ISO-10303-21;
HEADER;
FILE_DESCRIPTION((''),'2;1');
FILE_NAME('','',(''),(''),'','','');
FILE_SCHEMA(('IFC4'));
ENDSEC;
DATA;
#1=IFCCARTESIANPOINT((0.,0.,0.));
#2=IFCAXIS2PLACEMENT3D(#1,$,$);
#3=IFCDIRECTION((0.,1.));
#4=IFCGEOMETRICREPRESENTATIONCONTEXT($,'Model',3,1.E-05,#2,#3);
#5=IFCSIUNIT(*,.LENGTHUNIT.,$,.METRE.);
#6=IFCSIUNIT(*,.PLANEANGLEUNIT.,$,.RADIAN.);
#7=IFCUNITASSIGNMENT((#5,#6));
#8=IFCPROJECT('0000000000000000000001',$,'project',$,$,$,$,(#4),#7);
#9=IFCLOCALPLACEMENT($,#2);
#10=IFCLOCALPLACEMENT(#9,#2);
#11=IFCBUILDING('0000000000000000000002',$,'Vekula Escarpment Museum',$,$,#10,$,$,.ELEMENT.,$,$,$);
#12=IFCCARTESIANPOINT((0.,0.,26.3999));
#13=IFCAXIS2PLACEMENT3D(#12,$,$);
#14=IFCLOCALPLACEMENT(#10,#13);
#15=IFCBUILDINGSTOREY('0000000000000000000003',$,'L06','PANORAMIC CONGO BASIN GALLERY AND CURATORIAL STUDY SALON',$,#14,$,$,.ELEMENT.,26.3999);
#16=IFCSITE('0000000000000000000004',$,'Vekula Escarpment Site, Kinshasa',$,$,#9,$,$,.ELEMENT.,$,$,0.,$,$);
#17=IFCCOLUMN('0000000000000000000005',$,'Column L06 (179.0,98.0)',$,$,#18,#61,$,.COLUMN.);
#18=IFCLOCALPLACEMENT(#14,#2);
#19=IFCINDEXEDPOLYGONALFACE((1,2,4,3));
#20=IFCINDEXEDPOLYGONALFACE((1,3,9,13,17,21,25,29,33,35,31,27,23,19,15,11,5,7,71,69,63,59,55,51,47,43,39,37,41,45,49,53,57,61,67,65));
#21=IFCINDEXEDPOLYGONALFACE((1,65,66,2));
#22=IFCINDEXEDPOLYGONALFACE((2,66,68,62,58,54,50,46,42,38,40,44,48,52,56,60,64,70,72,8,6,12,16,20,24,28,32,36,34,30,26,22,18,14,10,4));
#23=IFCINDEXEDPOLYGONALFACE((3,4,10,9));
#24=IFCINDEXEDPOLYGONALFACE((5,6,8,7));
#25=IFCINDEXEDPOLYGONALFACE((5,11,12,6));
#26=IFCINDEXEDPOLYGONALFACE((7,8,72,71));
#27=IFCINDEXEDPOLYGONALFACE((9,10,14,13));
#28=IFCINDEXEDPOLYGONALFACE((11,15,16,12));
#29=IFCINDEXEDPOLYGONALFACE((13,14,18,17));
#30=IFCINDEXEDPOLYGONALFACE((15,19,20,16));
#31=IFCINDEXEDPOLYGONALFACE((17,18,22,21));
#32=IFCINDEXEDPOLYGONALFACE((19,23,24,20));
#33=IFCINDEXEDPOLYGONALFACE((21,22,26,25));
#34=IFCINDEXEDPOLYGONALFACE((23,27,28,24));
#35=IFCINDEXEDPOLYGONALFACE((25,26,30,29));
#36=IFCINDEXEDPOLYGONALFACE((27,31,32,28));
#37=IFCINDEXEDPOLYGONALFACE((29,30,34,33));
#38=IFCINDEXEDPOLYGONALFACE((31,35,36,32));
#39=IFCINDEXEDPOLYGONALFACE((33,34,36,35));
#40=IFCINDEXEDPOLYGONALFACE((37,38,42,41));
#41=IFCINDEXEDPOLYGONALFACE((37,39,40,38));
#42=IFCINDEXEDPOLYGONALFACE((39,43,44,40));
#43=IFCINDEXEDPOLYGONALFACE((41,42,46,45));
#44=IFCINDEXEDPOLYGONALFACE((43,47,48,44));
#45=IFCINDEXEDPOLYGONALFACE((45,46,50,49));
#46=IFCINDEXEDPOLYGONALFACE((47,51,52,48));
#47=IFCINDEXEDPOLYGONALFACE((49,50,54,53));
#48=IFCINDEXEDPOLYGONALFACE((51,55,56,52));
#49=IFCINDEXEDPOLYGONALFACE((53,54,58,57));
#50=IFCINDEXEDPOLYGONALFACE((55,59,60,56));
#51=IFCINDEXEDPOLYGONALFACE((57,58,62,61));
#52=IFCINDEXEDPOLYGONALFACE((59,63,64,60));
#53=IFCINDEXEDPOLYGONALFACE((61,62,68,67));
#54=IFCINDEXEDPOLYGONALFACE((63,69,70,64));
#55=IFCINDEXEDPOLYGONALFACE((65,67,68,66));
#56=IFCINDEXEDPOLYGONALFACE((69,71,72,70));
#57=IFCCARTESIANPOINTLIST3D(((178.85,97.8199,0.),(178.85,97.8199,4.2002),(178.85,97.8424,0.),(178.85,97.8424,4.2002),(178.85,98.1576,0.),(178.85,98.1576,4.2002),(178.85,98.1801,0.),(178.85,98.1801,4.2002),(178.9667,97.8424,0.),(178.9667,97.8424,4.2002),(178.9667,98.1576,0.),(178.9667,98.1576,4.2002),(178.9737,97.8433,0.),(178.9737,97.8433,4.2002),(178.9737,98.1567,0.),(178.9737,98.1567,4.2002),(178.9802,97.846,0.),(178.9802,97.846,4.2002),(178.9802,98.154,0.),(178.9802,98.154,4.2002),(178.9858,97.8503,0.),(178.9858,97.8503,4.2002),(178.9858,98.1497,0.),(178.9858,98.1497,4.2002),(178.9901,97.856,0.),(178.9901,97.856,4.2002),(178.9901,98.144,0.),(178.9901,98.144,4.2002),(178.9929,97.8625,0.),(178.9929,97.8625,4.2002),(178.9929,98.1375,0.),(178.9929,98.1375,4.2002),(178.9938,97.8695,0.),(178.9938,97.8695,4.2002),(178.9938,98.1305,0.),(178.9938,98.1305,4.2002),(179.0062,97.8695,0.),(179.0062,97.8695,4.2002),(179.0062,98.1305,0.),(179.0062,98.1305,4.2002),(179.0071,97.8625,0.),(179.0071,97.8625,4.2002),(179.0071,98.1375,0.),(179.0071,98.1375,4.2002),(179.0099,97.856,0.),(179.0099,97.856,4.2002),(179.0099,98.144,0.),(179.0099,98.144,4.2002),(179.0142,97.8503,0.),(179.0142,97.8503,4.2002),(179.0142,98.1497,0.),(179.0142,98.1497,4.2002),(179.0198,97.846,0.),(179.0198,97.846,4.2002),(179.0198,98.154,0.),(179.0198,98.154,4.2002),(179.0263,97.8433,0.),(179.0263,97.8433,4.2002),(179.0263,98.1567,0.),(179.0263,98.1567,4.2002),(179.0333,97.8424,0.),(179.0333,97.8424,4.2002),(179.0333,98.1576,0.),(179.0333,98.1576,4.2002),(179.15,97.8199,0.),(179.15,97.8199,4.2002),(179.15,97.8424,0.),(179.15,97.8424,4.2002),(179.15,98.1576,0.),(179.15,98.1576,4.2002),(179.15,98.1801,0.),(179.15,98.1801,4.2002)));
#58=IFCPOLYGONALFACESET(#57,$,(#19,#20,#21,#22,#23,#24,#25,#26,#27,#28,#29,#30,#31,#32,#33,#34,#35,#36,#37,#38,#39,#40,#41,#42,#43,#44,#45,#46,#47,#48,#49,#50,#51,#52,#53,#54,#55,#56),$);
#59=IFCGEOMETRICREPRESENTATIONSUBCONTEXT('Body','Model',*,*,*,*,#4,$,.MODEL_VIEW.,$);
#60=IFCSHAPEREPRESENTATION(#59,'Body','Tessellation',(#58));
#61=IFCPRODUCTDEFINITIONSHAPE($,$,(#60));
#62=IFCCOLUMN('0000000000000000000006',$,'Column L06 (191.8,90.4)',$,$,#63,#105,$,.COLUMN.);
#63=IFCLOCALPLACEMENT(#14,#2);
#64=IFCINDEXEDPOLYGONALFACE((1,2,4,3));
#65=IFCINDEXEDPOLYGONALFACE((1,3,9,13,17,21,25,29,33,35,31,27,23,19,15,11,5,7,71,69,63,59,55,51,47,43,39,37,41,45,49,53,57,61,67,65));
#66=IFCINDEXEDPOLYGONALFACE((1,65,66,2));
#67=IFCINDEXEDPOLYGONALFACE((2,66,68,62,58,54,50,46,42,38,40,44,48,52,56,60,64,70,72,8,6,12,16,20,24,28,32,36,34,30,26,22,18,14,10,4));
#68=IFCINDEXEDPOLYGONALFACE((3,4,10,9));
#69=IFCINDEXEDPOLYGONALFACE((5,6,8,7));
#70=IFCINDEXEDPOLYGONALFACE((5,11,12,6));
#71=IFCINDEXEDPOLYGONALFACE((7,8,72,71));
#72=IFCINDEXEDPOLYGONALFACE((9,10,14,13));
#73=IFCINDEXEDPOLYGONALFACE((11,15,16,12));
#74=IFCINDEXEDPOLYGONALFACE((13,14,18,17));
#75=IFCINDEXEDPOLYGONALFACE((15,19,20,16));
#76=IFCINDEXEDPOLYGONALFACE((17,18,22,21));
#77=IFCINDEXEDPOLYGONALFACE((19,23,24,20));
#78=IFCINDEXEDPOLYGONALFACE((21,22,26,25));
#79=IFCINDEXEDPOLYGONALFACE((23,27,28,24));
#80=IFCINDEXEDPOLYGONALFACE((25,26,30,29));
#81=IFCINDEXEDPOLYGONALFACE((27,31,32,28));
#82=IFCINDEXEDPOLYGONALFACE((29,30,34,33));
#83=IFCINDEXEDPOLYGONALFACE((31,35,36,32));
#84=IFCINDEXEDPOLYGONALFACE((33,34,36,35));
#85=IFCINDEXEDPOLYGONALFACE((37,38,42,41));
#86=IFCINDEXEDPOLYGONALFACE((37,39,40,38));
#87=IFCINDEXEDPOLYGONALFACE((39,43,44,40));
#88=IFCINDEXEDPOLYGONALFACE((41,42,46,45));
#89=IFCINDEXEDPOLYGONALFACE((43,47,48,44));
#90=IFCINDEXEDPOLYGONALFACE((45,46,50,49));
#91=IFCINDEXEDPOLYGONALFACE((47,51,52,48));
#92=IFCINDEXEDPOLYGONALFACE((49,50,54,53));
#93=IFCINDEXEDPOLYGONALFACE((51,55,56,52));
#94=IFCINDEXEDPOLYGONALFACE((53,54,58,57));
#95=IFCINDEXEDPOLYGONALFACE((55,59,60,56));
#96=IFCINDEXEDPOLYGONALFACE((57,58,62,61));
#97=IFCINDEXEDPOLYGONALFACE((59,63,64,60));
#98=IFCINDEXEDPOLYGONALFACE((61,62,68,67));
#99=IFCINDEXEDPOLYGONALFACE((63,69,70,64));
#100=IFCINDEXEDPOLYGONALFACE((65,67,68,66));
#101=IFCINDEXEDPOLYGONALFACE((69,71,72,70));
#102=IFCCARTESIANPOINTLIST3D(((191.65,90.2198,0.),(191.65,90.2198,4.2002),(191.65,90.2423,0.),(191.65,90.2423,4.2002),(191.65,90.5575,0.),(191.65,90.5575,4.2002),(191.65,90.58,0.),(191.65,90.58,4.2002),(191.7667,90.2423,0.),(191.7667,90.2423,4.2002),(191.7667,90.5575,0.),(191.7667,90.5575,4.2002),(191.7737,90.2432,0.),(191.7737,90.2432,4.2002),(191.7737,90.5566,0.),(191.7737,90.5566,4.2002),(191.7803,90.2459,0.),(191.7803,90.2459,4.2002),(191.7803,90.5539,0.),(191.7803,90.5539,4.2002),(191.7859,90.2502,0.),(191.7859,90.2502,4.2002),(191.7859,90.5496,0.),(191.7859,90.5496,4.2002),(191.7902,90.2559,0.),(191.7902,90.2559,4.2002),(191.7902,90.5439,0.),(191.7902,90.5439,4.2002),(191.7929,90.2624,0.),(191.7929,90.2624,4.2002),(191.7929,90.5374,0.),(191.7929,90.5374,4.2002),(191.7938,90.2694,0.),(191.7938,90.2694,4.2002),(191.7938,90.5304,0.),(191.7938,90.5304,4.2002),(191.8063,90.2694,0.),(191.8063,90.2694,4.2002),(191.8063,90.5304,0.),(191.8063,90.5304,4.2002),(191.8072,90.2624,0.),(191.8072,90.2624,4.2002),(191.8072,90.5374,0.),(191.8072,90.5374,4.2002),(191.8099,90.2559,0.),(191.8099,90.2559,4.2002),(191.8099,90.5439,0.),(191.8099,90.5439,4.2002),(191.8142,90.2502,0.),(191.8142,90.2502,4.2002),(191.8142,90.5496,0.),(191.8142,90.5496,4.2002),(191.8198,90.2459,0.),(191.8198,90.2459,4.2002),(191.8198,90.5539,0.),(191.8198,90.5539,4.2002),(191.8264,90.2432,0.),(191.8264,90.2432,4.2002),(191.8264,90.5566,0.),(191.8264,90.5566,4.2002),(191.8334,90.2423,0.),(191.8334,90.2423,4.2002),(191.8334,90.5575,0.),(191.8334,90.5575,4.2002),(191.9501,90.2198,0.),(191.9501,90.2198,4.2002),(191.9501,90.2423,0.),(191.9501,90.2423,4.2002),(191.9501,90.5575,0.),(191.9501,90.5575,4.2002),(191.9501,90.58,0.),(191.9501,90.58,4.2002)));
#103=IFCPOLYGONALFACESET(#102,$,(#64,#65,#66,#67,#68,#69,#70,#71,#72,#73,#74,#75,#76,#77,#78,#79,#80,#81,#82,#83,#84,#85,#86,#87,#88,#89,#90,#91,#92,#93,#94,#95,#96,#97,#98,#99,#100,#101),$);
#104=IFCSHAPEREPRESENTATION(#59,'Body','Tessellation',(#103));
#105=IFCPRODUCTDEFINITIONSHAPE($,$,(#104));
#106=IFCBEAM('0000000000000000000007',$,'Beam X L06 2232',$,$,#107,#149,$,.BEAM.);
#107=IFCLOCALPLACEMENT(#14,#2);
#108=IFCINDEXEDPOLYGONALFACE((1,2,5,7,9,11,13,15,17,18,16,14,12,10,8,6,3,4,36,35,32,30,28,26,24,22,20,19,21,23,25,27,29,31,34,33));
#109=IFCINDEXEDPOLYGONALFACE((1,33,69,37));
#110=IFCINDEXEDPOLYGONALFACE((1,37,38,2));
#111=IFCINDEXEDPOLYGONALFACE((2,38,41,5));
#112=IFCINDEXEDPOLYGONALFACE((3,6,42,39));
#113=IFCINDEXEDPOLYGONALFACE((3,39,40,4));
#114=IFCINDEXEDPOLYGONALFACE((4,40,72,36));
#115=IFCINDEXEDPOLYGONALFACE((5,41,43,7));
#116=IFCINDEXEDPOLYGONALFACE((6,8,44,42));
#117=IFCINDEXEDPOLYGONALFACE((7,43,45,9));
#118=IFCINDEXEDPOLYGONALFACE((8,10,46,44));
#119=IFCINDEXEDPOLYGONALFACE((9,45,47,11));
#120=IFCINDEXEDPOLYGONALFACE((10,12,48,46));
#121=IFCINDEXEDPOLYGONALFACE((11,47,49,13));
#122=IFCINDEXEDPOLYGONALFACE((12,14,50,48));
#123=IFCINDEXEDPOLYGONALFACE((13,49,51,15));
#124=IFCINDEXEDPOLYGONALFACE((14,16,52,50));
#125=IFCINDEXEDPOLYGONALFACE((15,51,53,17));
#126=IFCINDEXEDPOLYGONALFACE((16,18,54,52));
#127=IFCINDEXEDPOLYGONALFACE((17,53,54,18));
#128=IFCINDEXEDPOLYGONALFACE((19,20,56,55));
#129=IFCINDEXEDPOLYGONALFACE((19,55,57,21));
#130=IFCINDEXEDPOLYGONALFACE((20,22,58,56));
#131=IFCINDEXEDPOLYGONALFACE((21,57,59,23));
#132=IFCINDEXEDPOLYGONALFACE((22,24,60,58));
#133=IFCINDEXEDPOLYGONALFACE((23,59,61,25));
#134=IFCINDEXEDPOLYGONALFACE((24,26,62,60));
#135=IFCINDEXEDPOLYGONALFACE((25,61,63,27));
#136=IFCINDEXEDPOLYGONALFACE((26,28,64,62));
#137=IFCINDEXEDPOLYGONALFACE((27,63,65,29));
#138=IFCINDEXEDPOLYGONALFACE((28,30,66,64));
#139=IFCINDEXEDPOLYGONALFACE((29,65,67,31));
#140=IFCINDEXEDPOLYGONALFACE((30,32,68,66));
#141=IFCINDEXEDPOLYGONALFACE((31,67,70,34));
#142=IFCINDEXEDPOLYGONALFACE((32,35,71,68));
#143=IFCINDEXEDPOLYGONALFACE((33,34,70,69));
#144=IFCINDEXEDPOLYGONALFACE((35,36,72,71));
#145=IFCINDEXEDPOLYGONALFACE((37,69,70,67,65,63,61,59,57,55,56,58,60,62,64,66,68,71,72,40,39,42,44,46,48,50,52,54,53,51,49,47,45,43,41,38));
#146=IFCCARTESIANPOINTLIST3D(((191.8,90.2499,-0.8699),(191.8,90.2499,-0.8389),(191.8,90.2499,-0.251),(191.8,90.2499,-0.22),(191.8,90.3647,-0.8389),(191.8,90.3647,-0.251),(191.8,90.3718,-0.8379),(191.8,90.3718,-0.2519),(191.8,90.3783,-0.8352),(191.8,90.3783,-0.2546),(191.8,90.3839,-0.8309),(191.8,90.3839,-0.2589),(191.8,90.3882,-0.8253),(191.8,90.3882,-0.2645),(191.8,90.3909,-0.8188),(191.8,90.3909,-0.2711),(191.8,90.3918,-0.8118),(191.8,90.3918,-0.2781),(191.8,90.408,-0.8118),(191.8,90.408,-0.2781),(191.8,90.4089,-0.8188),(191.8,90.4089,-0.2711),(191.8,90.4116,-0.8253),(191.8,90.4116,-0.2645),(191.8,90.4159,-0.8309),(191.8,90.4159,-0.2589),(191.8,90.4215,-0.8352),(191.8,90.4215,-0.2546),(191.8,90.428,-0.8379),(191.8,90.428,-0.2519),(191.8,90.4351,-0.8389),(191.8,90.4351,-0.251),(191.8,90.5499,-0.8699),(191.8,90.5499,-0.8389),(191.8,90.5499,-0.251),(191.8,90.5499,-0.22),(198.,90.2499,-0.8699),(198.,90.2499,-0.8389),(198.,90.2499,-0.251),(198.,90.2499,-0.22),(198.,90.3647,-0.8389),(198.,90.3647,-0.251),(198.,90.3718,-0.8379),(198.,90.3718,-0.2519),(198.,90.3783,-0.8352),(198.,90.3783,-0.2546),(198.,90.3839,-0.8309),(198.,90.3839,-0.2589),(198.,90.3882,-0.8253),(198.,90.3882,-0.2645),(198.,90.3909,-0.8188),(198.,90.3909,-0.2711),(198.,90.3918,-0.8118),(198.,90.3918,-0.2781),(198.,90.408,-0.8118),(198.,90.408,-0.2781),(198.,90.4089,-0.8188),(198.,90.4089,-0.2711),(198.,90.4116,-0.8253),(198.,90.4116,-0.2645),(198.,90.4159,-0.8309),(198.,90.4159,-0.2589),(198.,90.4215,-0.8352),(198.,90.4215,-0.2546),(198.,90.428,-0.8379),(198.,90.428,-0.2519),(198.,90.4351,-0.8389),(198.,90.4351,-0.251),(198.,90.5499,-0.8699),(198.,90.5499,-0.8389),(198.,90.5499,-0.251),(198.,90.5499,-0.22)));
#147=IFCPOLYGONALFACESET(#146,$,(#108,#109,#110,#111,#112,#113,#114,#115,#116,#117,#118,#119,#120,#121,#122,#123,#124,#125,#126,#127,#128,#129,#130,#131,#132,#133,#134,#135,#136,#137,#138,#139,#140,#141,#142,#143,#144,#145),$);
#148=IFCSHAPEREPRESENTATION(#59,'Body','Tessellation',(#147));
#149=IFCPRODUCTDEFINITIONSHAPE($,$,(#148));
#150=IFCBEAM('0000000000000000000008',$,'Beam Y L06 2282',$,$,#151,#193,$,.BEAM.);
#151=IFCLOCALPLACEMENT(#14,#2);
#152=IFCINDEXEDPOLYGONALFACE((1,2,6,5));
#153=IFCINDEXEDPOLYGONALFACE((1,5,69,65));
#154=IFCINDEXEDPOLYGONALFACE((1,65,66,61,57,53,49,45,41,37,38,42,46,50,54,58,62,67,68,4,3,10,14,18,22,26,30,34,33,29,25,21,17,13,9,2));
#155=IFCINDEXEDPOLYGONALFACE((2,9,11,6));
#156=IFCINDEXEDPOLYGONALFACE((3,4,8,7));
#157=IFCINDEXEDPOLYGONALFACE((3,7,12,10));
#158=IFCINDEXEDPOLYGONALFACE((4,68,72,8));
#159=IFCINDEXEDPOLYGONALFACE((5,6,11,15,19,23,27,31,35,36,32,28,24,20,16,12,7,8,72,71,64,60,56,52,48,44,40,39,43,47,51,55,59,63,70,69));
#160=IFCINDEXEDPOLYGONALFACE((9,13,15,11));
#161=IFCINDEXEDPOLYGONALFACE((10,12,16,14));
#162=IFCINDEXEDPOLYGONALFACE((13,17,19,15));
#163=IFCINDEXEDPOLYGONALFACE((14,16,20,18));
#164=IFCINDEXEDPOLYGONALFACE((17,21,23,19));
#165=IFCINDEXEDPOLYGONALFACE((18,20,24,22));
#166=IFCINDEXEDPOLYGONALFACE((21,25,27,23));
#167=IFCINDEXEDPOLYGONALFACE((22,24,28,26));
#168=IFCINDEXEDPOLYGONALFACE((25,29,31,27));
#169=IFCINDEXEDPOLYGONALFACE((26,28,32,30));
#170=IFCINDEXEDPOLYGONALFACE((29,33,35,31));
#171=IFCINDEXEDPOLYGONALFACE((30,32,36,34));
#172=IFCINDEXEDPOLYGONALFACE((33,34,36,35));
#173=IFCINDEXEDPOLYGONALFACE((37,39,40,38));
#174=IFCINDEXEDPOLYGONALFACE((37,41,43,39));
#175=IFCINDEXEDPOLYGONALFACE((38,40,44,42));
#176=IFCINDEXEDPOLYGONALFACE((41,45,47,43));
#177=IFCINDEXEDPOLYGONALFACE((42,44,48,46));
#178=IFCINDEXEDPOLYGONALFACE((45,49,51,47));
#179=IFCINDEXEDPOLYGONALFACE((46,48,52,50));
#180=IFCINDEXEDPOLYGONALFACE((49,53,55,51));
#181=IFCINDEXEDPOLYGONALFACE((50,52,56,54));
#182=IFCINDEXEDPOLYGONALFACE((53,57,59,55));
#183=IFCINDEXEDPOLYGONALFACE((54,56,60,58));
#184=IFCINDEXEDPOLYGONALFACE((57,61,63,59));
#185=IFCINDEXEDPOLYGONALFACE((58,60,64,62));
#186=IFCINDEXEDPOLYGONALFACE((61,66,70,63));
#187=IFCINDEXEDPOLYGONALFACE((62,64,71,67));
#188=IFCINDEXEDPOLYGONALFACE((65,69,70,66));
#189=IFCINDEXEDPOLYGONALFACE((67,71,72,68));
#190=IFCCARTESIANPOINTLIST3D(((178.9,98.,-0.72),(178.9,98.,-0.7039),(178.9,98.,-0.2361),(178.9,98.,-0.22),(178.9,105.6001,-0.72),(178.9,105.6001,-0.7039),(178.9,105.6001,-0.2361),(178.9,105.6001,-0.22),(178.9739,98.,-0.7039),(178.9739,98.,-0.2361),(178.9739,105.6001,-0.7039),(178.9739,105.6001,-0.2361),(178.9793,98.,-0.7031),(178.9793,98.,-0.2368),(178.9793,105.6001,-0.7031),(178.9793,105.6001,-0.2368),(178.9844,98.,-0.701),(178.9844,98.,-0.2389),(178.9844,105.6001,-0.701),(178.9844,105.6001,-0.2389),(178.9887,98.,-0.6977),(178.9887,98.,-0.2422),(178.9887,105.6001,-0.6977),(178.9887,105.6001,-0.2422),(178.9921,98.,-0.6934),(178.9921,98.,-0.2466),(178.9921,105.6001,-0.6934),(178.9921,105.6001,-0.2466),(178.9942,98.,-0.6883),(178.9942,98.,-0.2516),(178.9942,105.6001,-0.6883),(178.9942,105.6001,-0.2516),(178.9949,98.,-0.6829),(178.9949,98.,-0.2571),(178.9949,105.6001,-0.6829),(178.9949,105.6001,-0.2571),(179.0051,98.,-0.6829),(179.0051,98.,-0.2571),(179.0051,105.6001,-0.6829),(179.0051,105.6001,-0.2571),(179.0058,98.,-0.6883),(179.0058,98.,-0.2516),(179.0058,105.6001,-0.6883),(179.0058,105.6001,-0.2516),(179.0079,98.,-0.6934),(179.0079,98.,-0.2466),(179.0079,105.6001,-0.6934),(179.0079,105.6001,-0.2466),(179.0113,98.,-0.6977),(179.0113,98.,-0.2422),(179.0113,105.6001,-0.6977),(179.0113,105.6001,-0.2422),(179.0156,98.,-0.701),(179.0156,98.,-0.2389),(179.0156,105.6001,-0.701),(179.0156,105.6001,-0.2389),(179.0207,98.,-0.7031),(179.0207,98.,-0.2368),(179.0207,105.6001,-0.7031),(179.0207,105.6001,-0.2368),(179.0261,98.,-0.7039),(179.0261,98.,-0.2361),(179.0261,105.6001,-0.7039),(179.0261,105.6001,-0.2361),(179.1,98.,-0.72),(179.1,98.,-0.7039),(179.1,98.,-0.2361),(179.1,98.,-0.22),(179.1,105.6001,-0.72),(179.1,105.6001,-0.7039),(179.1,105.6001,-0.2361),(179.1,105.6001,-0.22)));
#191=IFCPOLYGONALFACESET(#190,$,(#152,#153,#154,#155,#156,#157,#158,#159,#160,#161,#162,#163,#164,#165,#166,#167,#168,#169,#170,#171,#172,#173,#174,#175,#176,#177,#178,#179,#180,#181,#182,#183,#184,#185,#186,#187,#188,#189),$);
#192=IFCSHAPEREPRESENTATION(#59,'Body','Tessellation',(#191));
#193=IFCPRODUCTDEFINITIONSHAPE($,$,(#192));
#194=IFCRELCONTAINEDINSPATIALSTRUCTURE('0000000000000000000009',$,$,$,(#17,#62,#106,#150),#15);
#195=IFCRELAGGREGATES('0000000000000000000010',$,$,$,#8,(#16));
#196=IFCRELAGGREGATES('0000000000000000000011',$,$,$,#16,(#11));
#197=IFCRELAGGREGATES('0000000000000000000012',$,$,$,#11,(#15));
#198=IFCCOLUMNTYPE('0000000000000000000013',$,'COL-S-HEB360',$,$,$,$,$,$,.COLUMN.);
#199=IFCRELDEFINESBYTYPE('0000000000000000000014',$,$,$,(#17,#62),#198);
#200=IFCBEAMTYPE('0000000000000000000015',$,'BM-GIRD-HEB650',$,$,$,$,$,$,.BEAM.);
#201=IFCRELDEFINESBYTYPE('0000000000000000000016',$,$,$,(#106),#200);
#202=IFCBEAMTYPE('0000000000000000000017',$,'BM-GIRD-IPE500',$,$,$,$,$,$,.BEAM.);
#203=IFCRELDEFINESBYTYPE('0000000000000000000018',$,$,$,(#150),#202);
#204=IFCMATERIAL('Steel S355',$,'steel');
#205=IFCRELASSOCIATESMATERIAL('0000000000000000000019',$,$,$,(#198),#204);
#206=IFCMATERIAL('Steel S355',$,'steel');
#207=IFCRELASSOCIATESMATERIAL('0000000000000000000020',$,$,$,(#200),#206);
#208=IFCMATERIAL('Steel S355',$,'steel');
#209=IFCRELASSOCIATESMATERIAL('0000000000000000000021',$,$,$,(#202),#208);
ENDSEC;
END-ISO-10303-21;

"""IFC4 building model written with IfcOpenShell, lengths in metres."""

from ifc_helpers import new_model, si_unit, direction, frame, origin, origin_2d, place, context, subcontext, project, spatial, i_section, extrude, material, material_profile, profile_set, type_object, element, save


model = new_model("IFC4")

# Units and contexts
model_context = context("Model", 3, precision=1e-05, world=origin(), true_north=direction((0.0, 1.0)))
body_context = subcontext(model_context, "Body", "Model", "MODEL_VIEW")
ifc_project = project(units=[si_unit("LENGTHUNIT", "METRE"), si_unit("PLANEANGLEUNIT", "RADIAN")], contexts=[model_context])

# Site, building, storey
site_placement = place(None, origin())
site = spatial("IfcSite", under=ifc_project, at=site_placement, Name="Vekula Escarpment Site, Kinshasa", CompositionType="ELEMENT", RefElevation=0.0)
building_placement = place(site_placement, origin())
building = spatial("IfcBuilding", under=site, at=building_placement, Name="Vekula Escarpment Museum", CompositionType="ELEMENT")
storey_placement = place(building_placement, frame((0.0, 0.0, 26.3999)))
storey = spatial("IfcBuildingStorey", under=building, at=storey_placement, Name="L06", Description="PANORAMIC CONGO BASIN GALLERY AND CURATORIAL STUDY SALON", CompositionType="ELEMENT", Elevation=26.3999)

# Columns
ifc_material_1 = material(Name="Steel S355", Category="steel")
ifc_material_profile_1 = material_profile(ifc_material_1, i_section(OverallWidth=0.3, OverallDepth=0.3601, WebThickness=0.0125, FlangeThickness=0.0225, FilletRadius=0.0271, at=origin_2d()), Name="HEB 360")
ifc_profile_set_1 = profile_set([ifc_material_profile_1], Name="Steel S355")
column_type = type_object("IfcColumnType", Name="COL-S-HEB360", PredefinedType="COLUMN", material=ifc_profile_set_1)
for number, where, z_axis, x_axis, name in (
    (1, (179.0, 98.0, 0.0), (0.0, 0.0, 1.0), (1.0, 0.0, 0.0), "Column L06 (179.0,98.0)"),
    (2, (191.8, 90.3999, 0.0), (0.0, 0.0, 1.0), (1.0, 0.0, 0.0), "Column L06 (191.8,90.4)"),
):
    element("IfcColumn", number, at=place(storey_placement, frame(where, z_axis=z_axis, x_axis=x_axis)), inside=storey, type_object=column_type, Name=name, PredefinedType="COLUMN", context=body_context, shape_type="SweptSolid", body=[
        extrude(i_section(OverallWidth=0.3, OverallDepth=0.3601, WebThickness=0.0125, FlangeThickness=0.0225, FilletRadius=0.0271, at=origin_2d()), origin(), (0.0, 0.0, 1.0), 4.2002),
    ])

# Beams
ifc_material_2 = material(Name="Steel S355", Category="steel")
ifc_material_profile_2 = material_profile(ifc_material_2, i_section(OverallWidth=0.3, OverallDepth=0.6499, WebThickness=0.0161, FlangeThickness=0.031, FilletRadius=0.0271, at=origin_2d()), Name="HEB 650")
ifc_profile_set_2 = profile_set([ifc_material_profile_2], Name="Steel S355")
beam_type_1 = type_object("IfcBeamType", Name="BM-GIRD-HEB650", PredefinedType="BEAM", material=ifc_profile_set_2)
beam_1_placement = place(storey_placement, frame((191.8, 90.3999, -0.5449), z_axis=(1.0, 0.0, 0.0), x_axis=(0.0, 1.0, 0.0)))
element("IfcBeam", 3, at=beam_1_placement, inside=storey, type_object=beam_type_1, Name="Beam X L06 2232", PredefinedType="BEAM", context=body_context, shape_type="SweptSolid", body=[
    extrude(i_section(OverallWidth=0.3, OverallDepth=0.6499, WebThickness=0.0161, FlangeThickness=0.031, FilletRadius=0.0271, at=origin_2d()), origin(), (0.0, 0.0, 1.0), 6.2),
])
ifc_material_3 = material(Name="Steel S355", Category="steel")
ifc_material_profile_3 = material_profile(ifc_material_3, i_section(OverallWidth=0.2, OverallDepth=0.5, WebThickness=0.0103, FlangeThickness=0.0161, FilletRadius=0.021, at=origin_2d()), Name="IPE 500")
ifc_profile_set_3 = profile_set([ifc_material_profile_3], Name="Steel S355")
beam_type_2 = type_object("IfcBeamType", Name="BM-GIRD-IPE500", PredefinedType="BEAM", material=ifc_profile_set_3)
beam_2_placement = place(storey_placement, frame((179.0, 98.0, -0.47), z_axis=(0.0, 1.0, 0.0), x_axis=(-1.0, 0.0, 0.0)))
element("IfcBeam", 4, at=beam_2_placement, inside=storey, type_object=beam_type_2, Name="Beam Y L06 2282", PredefinedType="BEAM", context=body_context, shape_type="SweptSolid", body=[
    extrude(i_section(OverallWidth=0.2, OverallDepth=0.5, WebThickness=0.0103, FlangeThickness=0.0161, FilletRadius=0.021, at=origin_2d()), origin(), (0.0, 0.0, 1.0), 7.6001),
])

save(model, "model.ifc")
